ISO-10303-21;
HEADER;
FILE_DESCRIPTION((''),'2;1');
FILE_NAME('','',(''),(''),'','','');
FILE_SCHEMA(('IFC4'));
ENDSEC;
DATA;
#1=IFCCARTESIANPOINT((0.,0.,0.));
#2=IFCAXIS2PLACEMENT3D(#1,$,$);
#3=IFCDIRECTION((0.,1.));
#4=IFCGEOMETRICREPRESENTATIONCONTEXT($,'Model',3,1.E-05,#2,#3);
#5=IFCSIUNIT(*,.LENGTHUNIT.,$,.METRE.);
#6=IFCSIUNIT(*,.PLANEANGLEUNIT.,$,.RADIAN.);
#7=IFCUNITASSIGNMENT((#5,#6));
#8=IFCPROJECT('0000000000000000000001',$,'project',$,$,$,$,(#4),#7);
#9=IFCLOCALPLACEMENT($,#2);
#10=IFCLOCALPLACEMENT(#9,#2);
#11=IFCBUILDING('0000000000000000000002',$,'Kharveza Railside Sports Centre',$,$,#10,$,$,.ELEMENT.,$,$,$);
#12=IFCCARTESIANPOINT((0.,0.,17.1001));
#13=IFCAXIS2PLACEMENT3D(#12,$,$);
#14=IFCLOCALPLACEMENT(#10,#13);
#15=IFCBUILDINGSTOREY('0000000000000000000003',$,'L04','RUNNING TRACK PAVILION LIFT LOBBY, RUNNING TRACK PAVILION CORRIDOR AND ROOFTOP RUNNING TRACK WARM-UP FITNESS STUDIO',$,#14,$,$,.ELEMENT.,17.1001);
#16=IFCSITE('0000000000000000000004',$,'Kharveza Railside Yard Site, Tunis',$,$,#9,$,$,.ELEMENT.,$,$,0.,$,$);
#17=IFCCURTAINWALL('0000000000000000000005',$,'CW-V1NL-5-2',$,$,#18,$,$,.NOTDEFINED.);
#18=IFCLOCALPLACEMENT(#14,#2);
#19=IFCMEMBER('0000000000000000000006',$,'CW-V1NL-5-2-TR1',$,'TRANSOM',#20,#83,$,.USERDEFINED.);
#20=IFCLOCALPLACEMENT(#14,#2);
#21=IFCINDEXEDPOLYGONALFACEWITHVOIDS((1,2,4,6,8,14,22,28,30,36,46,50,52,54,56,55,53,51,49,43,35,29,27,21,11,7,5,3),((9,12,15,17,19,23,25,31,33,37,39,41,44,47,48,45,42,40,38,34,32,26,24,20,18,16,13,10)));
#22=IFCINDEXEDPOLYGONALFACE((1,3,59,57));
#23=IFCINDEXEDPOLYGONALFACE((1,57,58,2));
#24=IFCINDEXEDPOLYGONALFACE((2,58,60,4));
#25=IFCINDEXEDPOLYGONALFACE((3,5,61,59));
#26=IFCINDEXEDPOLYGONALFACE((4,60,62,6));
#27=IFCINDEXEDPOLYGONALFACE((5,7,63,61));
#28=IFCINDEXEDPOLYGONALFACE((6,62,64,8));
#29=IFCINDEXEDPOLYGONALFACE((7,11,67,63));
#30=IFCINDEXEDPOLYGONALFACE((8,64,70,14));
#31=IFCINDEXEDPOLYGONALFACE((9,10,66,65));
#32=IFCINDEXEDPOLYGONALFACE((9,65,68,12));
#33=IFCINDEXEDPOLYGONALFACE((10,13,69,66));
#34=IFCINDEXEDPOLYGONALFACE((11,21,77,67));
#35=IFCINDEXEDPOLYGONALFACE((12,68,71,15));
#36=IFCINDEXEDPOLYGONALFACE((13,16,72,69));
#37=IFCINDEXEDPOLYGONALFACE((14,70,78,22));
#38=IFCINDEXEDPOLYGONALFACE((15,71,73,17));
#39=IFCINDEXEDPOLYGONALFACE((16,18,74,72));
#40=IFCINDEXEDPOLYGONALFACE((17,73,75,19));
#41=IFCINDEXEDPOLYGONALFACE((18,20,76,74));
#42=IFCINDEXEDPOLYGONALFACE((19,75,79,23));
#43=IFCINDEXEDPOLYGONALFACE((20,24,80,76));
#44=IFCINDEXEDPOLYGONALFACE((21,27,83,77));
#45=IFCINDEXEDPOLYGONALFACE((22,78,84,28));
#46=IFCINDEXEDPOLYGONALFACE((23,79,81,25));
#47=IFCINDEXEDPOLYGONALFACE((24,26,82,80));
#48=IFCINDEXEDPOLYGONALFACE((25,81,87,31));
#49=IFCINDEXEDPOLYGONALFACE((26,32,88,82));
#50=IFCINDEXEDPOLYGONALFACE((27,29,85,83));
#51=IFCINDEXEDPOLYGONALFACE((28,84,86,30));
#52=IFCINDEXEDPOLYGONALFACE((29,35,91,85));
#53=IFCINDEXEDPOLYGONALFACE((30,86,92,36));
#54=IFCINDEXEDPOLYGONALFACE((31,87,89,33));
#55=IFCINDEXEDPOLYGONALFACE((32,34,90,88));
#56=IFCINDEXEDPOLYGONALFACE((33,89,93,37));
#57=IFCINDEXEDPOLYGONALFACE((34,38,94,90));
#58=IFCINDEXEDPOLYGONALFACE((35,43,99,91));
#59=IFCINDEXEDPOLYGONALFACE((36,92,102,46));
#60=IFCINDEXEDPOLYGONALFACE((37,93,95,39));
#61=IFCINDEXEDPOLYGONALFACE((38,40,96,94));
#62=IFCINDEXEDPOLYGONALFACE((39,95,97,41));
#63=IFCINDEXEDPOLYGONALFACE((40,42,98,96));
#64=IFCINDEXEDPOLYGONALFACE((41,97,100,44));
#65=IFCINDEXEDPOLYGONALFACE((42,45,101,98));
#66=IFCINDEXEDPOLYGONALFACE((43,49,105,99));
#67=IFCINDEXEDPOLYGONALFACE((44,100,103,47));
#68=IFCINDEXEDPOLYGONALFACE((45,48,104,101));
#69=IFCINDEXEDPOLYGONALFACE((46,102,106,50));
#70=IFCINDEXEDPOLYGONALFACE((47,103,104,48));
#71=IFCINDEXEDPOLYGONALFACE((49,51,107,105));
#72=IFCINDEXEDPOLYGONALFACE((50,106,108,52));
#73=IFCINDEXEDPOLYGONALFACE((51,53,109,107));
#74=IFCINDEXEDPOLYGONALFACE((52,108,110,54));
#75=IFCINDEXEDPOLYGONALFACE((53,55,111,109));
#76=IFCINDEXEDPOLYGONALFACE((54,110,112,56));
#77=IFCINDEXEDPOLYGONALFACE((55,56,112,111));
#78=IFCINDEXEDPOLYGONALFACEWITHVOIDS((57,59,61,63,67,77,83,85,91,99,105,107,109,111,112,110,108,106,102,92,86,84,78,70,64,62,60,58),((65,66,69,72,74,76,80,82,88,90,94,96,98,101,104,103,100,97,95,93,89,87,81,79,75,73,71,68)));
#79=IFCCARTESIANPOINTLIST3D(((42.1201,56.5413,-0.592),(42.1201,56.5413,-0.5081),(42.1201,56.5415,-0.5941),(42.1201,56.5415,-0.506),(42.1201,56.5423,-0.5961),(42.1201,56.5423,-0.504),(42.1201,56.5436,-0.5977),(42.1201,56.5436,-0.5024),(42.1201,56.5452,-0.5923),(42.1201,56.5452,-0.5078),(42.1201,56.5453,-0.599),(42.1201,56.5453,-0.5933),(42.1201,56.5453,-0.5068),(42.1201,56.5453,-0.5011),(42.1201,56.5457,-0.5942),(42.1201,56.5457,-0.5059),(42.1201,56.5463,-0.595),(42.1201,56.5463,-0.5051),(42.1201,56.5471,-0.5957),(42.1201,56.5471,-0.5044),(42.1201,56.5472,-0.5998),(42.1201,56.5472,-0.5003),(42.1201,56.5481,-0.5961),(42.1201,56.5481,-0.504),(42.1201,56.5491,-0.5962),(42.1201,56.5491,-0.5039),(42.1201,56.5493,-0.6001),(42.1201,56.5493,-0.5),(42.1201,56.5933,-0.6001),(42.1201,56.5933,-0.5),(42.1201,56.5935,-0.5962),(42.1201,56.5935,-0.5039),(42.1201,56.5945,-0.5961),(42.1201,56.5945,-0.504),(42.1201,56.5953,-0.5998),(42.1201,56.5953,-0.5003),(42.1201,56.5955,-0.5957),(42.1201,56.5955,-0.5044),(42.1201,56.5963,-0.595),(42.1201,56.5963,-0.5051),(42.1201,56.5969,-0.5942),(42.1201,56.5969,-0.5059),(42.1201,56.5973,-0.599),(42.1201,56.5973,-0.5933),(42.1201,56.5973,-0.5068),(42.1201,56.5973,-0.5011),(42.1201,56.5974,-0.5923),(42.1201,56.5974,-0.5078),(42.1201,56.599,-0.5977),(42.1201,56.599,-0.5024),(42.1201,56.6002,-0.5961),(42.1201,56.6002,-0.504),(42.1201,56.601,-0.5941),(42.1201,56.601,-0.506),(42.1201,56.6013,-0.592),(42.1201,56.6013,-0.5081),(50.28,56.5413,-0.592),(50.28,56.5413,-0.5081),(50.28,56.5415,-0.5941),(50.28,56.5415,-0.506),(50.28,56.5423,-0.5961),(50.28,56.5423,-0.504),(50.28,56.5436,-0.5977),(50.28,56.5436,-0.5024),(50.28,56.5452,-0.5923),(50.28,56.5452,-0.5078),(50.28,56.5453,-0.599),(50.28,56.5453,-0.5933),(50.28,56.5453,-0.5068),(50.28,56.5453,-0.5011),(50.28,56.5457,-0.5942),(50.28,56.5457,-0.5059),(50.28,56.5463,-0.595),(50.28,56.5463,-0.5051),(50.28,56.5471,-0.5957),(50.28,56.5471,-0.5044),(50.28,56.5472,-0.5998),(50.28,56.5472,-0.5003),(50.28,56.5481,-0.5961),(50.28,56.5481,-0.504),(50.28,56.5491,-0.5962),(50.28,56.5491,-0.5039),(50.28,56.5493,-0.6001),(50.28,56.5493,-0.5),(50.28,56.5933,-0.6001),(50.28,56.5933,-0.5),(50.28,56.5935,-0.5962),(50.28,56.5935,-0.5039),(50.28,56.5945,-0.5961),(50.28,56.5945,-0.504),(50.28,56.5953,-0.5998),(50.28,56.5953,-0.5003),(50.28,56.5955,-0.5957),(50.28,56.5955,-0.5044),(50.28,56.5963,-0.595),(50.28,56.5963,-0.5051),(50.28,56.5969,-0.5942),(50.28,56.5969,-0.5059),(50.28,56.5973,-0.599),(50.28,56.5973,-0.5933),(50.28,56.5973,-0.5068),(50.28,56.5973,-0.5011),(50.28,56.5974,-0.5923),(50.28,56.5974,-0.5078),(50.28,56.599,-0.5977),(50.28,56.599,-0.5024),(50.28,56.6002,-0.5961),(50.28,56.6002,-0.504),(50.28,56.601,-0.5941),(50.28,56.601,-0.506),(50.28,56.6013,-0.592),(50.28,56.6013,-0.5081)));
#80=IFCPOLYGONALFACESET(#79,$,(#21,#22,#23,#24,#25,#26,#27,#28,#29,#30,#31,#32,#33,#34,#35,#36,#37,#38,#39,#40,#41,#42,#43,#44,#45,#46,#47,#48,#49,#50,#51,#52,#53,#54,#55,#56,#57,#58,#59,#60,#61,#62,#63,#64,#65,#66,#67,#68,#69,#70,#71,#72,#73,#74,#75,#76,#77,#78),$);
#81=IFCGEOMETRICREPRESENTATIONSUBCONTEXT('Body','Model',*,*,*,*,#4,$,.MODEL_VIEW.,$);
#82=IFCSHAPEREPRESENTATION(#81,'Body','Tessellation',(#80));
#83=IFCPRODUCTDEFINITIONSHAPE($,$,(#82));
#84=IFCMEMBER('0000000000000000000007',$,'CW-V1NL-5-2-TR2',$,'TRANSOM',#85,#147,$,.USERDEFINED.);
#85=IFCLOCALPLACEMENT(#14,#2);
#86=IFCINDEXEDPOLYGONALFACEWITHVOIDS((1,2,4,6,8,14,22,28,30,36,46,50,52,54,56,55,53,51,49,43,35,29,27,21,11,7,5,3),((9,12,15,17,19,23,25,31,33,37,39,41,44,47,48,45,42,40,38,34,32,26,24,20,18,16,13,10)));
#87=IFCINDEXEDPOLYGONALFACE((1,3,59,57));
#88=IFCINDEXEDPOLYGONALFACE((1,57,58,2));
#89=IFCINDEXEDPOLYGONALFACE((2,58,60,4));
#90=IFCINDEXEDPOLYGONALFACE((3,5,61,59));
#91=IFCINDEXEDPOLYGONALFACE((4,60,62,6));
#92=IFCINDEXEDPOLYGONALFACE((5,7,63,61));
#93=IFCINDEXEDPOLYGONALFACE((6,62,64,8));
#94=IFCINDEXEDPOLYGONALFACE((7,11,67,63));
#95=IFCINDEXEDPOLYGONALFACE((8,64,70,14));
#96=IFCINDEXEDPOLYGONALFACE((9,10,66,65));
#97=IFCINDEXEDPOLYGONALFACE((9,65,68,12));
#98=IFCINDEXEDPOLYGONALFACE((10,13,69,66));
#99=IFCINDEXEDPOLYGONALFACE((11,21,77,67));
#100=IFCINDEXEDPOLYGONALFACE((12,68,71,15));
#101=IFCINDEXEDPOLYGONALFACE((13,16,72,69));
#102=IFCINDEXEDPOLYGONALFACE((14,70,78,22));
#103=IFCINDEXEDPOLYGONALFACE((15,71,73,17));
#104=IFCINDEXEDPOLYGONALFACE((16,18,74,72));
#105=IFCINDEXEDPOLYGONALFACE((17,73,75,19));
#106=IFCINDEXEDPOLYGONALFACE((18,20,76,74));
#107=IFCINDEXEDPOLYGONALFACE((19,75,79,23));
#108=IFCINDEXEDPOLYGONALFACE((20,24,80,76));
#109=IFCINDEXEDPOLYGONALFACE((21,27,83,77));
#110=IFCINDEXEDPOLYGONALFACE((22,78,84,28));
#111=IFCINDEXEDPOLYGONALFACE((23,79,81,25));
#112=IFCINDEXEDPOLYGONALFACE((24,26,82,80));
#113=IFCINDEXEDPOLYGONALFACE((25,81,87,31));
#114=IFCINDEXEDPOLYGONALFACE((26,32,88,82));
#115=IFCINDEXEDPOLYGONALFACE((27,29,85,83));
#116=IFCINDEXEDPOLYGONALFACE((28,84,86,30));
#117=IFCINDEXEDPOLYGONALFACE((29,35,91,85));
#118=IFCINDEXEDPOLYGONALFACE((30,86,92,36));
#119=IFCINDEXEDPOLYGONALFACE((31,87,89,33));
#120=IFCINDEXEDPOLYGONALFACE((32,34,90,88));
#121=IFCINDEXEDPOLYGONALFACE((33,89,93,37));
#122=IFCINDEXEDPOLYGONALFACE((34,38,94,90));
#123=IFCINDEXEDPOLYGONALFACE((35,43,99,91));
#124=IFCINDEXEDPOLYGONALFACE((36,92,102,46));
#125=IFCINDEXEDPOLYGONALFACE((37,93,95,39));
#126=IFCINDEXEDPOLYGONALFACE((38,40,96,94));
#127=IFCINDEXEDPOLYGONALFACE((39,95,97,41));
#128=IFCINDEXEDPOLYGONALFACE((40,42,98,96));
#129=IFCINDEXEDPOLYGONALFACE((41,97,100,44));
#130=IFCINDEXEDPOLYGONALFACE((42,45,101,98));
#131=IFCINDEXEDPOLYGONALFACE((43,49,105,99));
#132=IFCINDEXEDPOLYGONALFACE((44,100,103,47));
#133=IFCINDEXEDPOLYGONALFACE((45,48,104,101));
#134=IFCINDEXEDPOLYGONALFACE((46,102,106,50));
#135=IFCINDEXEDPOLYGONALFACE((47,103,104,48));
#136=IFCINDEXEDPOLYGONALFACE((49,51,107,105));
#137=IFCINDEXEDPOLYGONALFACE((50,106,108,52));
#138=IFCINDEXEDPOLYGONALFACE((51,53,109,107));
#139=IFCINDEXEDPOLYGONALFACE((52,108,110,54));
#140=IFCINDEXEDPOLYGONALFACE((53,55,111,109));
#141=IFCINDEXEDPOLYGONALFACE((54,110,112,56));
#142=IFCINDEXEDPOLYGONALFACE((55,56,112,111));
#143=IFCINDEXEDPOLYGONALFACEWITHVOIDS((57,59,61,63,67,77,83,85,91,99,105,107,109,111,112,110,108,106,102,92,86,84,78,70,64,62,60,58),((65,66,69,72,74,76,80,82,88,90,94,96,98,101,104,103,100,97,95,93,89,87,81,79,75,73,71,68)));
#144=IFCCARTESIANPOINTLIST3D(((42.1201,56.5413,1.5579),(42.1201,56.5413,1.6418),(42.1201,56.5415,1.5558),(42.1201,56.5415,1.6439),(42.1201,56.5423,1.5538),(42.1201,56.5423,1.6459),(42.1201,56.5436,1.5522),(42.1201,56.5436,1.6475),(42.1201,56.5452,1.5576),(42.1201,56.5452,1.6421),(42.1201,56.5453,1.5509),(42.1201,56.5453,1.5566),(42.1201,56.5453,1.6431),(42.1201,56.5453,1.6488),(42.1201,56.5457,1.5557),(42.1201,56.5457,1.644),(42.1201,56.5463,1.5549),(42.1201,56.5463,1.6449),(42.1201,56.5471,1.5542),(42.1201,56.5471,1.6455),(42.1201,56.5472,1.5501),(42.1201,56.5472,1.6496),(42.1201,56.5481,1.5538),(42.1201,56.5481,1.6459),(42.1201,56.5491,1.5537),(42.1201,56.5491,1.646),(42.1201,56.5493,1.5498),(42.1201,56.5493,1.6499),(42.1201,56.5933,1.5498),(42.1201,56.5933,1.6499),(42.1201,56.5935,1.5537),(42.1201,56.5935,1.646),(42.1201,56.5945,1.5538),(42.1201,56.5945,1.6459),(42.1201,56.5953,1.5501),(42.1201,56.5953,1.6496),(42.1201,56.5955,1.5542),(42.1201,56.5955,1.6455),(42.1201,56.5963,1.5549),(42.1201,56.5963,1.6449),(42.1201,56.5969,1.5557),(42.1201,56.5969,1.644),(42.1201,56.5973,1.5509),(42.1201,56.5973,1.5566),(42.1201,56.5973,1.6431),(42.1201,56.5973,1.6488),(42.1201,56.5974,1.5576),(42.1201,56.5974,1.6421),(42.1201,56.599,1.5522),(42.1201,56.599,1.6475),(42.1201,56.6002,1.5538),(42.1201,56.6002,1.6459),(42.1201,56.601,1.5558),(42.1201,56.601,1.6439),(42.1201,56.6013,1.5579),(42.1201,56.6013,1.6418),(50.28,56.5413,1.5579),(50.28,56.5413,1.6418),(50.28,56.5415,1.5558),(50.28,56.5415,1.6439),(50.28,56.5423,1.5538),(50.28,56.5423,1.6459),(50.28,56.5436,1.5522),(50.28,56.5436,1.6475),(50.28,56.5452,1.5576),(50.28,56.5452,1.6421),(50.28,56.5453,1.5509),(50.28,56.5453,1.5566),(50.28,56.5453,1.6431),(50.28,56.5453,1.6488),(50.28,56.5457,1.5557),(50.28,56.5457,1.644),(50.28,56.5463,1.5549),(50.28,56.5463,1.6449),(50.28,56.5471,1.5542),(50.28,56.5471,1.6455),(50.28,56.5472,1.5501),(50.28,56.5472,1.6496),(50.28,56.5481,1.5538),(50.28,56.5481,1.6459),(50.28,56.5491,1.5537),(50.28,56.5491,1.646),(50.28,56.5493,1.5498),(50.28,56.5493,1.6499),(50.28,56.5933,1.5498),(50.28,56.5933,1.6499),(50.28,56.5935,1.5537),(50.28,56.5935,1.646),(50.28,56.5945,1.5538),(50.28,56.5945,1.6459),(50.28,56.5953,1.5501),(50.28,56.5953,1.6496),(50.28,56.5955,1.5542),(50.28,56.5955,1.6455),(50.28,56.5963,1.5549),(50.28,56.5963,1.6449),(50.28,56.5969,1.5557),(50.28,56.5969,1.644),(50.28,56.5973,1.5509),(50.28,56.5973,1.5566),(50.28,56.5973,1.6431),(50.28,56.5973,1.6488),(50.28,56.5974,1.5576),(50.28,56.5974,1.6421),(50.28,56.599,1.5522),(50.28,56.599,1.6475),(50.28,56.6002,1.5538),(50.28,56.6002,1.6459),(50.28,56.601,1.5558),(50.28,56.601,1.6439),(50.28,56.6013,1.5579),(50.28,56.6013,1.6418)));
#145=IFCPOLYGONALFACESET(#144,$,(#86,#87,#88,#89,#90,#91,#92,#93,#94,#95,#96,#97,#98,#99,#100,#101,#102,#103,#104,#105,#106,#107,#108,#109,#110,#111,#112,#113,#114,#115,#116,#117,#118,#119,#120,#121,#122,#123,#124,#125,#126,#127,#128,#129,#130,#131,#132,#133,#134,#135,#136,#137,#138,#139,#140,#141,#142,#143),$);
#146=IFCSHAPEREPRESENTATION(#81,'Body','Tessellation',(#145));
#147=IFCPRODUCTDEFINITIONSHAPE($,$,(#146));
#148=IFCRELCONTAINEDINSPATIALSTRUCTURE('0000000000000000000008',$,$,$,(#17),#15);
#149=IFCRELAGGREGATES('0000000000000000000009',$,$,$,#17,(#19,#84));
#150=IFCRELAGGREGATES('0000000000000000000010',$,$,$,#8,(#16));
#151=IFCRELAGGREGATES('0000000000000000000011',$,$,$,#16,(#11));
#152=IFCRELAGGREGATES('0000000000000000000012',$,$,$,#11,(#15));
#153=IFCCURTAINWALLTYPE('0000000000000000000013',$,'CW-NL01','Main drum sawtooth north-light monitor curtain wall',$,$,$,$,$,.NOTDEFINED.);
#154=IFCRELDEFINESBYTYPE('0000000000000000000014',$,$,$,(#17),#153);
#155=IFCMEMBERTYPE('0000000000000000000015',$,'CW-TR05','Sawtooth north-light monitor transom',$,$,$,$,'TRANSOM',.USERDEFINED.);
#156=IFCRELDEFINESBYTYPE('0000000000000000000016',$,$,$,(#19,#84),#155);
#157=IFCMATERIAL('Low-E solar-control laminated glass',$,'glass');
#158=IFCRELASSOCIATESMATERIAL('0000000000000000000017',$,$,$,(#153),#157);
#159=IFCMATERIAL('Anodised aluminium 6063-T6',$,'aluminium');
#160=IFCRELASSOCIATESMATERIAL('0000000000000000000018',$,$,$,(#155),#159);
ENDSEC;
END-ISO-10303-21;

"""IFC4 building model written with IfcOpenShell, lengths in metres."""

from ifc_helpers import new_model, si_unit, direction, frame, origin, origin_2d, place, context, subcontext, project, spatial, hollow_rectangle, extrude, material, material_profile, profile_set, type_object, element, aggregate, save


model = new_model("IFC4")

# Units and contexts
model_context = context("Model", 3, precision=1e-05, world=origin(), true_north=direction((0.0, 1.0)))
body_context = subcontext(model_context, "Body", "Model", "MODEL_VIEW")
ifc_project = project(units=[si_unit("LENGTHUNIT", "METRE"), si_unit("PLANEANGLEUNIT", "RADIAN")], contexts=[model_context])

# Site, building, storey
site_placement = place(None, origin())
site = spatial("IfcSite", under=ifc_project, at=site_placement, Name="Kharveza Railside Yard Site, Tunis", CompositionType="ELEMENT", RefElevation=0.0)
building_placement = place(site_placement, origin())
building = spatial("IfcBuilding", under=site, at=building_placement, Name="Kharveza Railside Sports Centre", CompositionType="ELEMENT")
storey_placement = place(building_placement, frame((0.0, 0.0, 17.1001)))
storey = spatial("IfcBuildingStorey", under=building, at=storey_placement, Name="L04", Description="RUNNING TRACK PAVILION LIFT LOBBY, RUNNING TRACK PAVILION CORRIDOR AND ROOFTOP RUNNING TRACK WARM-UP FITNESS STUDIO", CompositionType="ELEMENT", Elevation=17.1001)

# Curtain wall
ifc_material_1 = material(Name="Low-E solar-control laminated glass", Category="glass")
curtain_wall_type = type_object("IfcCurtainWallType", Name="CW-NL01", Description="Main drum sawtooth north-light monitor curtain wall", PredefinedType="NOTDEFINED", material=ifc_material_1)
ifc_material_2 = material(Name="Anodised aluminium 6063-T6", Category="aluminium")
curtain_wall_1_placement = place(storey_placement, origin())
curtain_wall_1 = element("IfcCurtainWall", 1, at=curtain_wall_1_placement, inside=storey, type_object=curtain_wall_type, Name="CW-V1NL-5-2", PredefinedType="NOTDEFINED")

# Members
ifc_material_profile_1 = material_profile(ifc_material_2, hollow_rectangle(XDim=0.0601, YDim=0.1001, WallThickness=0.0039, InnerFilletRadius=0.0039, OuterFilletRadius=0.0081, at=origin_2d()), Name="RHS 60x100x4.0")
ifc_profile_set_1 = profile_set([ifc_material_profile_1], Name="Anodised aluminium 6063-T6")
member_type_1 = type_object("IfcMemberType", Name="CW-TR05", Description="Sawtooth north-light monitor transom", ElementType="TRANSOM", PredefinedType="USERDEFINED", material=ifc_profile_set_1)
member_1_placement = place(storey_placement, frame((42.1201, 56.5713, -0.55), z_axis=(1.0, 0.0, 0.0), x_axis=(0.0, 1.0, 0.0)))
member_1 = element("IfcMember", 2, at=member_1_placement, type_object=member_type_1, Name="CW-V1NL-5-2-TR1", ObjectType="TRANSOM", PredefinedType="USERDEFINED", context=body_context, shape_type="SweptSolid", body=[
    extrude(hollow_rectangle(XDim=0.0601, YDim=0.1001, WallThickness=0.0039, InnerFilletRadius=0.0039, OuterFilletRadius=0.0081, at=origin_2d()), origin(), (0.0, 0.0, 1.0), 8.1599),
])
member_2_placement = place(storey_placement, frame((42.1201, 56.5713, 1.5999), z_axis=(1.0, 0.0, 0.0), x_axis=(0.0, 1.0, 0.0)))
member_2 = element("IfcMember", 3, at=member_2_placement, type_object=member_type_1, Name="CW-V1NL-5-2-TR2", ObjectType="TRANSOM", PredefinedType="USERDEFINED", context=body_context, shape_type="SweptSolid", body=[
    extrude(hollow_rectangle(XDim=0.0601, YDim=0.1001, WallThickness=0.0039, InnerFilletRadius=0.0039, OuterFilletRadius=0.0081, at=origin_2d()), origin(), (0.0, 0.0, 1.0), 8.1599),
])

aggregate(curtain_wall_1, [member_1, member_2])

save(model, "model.ifc")
